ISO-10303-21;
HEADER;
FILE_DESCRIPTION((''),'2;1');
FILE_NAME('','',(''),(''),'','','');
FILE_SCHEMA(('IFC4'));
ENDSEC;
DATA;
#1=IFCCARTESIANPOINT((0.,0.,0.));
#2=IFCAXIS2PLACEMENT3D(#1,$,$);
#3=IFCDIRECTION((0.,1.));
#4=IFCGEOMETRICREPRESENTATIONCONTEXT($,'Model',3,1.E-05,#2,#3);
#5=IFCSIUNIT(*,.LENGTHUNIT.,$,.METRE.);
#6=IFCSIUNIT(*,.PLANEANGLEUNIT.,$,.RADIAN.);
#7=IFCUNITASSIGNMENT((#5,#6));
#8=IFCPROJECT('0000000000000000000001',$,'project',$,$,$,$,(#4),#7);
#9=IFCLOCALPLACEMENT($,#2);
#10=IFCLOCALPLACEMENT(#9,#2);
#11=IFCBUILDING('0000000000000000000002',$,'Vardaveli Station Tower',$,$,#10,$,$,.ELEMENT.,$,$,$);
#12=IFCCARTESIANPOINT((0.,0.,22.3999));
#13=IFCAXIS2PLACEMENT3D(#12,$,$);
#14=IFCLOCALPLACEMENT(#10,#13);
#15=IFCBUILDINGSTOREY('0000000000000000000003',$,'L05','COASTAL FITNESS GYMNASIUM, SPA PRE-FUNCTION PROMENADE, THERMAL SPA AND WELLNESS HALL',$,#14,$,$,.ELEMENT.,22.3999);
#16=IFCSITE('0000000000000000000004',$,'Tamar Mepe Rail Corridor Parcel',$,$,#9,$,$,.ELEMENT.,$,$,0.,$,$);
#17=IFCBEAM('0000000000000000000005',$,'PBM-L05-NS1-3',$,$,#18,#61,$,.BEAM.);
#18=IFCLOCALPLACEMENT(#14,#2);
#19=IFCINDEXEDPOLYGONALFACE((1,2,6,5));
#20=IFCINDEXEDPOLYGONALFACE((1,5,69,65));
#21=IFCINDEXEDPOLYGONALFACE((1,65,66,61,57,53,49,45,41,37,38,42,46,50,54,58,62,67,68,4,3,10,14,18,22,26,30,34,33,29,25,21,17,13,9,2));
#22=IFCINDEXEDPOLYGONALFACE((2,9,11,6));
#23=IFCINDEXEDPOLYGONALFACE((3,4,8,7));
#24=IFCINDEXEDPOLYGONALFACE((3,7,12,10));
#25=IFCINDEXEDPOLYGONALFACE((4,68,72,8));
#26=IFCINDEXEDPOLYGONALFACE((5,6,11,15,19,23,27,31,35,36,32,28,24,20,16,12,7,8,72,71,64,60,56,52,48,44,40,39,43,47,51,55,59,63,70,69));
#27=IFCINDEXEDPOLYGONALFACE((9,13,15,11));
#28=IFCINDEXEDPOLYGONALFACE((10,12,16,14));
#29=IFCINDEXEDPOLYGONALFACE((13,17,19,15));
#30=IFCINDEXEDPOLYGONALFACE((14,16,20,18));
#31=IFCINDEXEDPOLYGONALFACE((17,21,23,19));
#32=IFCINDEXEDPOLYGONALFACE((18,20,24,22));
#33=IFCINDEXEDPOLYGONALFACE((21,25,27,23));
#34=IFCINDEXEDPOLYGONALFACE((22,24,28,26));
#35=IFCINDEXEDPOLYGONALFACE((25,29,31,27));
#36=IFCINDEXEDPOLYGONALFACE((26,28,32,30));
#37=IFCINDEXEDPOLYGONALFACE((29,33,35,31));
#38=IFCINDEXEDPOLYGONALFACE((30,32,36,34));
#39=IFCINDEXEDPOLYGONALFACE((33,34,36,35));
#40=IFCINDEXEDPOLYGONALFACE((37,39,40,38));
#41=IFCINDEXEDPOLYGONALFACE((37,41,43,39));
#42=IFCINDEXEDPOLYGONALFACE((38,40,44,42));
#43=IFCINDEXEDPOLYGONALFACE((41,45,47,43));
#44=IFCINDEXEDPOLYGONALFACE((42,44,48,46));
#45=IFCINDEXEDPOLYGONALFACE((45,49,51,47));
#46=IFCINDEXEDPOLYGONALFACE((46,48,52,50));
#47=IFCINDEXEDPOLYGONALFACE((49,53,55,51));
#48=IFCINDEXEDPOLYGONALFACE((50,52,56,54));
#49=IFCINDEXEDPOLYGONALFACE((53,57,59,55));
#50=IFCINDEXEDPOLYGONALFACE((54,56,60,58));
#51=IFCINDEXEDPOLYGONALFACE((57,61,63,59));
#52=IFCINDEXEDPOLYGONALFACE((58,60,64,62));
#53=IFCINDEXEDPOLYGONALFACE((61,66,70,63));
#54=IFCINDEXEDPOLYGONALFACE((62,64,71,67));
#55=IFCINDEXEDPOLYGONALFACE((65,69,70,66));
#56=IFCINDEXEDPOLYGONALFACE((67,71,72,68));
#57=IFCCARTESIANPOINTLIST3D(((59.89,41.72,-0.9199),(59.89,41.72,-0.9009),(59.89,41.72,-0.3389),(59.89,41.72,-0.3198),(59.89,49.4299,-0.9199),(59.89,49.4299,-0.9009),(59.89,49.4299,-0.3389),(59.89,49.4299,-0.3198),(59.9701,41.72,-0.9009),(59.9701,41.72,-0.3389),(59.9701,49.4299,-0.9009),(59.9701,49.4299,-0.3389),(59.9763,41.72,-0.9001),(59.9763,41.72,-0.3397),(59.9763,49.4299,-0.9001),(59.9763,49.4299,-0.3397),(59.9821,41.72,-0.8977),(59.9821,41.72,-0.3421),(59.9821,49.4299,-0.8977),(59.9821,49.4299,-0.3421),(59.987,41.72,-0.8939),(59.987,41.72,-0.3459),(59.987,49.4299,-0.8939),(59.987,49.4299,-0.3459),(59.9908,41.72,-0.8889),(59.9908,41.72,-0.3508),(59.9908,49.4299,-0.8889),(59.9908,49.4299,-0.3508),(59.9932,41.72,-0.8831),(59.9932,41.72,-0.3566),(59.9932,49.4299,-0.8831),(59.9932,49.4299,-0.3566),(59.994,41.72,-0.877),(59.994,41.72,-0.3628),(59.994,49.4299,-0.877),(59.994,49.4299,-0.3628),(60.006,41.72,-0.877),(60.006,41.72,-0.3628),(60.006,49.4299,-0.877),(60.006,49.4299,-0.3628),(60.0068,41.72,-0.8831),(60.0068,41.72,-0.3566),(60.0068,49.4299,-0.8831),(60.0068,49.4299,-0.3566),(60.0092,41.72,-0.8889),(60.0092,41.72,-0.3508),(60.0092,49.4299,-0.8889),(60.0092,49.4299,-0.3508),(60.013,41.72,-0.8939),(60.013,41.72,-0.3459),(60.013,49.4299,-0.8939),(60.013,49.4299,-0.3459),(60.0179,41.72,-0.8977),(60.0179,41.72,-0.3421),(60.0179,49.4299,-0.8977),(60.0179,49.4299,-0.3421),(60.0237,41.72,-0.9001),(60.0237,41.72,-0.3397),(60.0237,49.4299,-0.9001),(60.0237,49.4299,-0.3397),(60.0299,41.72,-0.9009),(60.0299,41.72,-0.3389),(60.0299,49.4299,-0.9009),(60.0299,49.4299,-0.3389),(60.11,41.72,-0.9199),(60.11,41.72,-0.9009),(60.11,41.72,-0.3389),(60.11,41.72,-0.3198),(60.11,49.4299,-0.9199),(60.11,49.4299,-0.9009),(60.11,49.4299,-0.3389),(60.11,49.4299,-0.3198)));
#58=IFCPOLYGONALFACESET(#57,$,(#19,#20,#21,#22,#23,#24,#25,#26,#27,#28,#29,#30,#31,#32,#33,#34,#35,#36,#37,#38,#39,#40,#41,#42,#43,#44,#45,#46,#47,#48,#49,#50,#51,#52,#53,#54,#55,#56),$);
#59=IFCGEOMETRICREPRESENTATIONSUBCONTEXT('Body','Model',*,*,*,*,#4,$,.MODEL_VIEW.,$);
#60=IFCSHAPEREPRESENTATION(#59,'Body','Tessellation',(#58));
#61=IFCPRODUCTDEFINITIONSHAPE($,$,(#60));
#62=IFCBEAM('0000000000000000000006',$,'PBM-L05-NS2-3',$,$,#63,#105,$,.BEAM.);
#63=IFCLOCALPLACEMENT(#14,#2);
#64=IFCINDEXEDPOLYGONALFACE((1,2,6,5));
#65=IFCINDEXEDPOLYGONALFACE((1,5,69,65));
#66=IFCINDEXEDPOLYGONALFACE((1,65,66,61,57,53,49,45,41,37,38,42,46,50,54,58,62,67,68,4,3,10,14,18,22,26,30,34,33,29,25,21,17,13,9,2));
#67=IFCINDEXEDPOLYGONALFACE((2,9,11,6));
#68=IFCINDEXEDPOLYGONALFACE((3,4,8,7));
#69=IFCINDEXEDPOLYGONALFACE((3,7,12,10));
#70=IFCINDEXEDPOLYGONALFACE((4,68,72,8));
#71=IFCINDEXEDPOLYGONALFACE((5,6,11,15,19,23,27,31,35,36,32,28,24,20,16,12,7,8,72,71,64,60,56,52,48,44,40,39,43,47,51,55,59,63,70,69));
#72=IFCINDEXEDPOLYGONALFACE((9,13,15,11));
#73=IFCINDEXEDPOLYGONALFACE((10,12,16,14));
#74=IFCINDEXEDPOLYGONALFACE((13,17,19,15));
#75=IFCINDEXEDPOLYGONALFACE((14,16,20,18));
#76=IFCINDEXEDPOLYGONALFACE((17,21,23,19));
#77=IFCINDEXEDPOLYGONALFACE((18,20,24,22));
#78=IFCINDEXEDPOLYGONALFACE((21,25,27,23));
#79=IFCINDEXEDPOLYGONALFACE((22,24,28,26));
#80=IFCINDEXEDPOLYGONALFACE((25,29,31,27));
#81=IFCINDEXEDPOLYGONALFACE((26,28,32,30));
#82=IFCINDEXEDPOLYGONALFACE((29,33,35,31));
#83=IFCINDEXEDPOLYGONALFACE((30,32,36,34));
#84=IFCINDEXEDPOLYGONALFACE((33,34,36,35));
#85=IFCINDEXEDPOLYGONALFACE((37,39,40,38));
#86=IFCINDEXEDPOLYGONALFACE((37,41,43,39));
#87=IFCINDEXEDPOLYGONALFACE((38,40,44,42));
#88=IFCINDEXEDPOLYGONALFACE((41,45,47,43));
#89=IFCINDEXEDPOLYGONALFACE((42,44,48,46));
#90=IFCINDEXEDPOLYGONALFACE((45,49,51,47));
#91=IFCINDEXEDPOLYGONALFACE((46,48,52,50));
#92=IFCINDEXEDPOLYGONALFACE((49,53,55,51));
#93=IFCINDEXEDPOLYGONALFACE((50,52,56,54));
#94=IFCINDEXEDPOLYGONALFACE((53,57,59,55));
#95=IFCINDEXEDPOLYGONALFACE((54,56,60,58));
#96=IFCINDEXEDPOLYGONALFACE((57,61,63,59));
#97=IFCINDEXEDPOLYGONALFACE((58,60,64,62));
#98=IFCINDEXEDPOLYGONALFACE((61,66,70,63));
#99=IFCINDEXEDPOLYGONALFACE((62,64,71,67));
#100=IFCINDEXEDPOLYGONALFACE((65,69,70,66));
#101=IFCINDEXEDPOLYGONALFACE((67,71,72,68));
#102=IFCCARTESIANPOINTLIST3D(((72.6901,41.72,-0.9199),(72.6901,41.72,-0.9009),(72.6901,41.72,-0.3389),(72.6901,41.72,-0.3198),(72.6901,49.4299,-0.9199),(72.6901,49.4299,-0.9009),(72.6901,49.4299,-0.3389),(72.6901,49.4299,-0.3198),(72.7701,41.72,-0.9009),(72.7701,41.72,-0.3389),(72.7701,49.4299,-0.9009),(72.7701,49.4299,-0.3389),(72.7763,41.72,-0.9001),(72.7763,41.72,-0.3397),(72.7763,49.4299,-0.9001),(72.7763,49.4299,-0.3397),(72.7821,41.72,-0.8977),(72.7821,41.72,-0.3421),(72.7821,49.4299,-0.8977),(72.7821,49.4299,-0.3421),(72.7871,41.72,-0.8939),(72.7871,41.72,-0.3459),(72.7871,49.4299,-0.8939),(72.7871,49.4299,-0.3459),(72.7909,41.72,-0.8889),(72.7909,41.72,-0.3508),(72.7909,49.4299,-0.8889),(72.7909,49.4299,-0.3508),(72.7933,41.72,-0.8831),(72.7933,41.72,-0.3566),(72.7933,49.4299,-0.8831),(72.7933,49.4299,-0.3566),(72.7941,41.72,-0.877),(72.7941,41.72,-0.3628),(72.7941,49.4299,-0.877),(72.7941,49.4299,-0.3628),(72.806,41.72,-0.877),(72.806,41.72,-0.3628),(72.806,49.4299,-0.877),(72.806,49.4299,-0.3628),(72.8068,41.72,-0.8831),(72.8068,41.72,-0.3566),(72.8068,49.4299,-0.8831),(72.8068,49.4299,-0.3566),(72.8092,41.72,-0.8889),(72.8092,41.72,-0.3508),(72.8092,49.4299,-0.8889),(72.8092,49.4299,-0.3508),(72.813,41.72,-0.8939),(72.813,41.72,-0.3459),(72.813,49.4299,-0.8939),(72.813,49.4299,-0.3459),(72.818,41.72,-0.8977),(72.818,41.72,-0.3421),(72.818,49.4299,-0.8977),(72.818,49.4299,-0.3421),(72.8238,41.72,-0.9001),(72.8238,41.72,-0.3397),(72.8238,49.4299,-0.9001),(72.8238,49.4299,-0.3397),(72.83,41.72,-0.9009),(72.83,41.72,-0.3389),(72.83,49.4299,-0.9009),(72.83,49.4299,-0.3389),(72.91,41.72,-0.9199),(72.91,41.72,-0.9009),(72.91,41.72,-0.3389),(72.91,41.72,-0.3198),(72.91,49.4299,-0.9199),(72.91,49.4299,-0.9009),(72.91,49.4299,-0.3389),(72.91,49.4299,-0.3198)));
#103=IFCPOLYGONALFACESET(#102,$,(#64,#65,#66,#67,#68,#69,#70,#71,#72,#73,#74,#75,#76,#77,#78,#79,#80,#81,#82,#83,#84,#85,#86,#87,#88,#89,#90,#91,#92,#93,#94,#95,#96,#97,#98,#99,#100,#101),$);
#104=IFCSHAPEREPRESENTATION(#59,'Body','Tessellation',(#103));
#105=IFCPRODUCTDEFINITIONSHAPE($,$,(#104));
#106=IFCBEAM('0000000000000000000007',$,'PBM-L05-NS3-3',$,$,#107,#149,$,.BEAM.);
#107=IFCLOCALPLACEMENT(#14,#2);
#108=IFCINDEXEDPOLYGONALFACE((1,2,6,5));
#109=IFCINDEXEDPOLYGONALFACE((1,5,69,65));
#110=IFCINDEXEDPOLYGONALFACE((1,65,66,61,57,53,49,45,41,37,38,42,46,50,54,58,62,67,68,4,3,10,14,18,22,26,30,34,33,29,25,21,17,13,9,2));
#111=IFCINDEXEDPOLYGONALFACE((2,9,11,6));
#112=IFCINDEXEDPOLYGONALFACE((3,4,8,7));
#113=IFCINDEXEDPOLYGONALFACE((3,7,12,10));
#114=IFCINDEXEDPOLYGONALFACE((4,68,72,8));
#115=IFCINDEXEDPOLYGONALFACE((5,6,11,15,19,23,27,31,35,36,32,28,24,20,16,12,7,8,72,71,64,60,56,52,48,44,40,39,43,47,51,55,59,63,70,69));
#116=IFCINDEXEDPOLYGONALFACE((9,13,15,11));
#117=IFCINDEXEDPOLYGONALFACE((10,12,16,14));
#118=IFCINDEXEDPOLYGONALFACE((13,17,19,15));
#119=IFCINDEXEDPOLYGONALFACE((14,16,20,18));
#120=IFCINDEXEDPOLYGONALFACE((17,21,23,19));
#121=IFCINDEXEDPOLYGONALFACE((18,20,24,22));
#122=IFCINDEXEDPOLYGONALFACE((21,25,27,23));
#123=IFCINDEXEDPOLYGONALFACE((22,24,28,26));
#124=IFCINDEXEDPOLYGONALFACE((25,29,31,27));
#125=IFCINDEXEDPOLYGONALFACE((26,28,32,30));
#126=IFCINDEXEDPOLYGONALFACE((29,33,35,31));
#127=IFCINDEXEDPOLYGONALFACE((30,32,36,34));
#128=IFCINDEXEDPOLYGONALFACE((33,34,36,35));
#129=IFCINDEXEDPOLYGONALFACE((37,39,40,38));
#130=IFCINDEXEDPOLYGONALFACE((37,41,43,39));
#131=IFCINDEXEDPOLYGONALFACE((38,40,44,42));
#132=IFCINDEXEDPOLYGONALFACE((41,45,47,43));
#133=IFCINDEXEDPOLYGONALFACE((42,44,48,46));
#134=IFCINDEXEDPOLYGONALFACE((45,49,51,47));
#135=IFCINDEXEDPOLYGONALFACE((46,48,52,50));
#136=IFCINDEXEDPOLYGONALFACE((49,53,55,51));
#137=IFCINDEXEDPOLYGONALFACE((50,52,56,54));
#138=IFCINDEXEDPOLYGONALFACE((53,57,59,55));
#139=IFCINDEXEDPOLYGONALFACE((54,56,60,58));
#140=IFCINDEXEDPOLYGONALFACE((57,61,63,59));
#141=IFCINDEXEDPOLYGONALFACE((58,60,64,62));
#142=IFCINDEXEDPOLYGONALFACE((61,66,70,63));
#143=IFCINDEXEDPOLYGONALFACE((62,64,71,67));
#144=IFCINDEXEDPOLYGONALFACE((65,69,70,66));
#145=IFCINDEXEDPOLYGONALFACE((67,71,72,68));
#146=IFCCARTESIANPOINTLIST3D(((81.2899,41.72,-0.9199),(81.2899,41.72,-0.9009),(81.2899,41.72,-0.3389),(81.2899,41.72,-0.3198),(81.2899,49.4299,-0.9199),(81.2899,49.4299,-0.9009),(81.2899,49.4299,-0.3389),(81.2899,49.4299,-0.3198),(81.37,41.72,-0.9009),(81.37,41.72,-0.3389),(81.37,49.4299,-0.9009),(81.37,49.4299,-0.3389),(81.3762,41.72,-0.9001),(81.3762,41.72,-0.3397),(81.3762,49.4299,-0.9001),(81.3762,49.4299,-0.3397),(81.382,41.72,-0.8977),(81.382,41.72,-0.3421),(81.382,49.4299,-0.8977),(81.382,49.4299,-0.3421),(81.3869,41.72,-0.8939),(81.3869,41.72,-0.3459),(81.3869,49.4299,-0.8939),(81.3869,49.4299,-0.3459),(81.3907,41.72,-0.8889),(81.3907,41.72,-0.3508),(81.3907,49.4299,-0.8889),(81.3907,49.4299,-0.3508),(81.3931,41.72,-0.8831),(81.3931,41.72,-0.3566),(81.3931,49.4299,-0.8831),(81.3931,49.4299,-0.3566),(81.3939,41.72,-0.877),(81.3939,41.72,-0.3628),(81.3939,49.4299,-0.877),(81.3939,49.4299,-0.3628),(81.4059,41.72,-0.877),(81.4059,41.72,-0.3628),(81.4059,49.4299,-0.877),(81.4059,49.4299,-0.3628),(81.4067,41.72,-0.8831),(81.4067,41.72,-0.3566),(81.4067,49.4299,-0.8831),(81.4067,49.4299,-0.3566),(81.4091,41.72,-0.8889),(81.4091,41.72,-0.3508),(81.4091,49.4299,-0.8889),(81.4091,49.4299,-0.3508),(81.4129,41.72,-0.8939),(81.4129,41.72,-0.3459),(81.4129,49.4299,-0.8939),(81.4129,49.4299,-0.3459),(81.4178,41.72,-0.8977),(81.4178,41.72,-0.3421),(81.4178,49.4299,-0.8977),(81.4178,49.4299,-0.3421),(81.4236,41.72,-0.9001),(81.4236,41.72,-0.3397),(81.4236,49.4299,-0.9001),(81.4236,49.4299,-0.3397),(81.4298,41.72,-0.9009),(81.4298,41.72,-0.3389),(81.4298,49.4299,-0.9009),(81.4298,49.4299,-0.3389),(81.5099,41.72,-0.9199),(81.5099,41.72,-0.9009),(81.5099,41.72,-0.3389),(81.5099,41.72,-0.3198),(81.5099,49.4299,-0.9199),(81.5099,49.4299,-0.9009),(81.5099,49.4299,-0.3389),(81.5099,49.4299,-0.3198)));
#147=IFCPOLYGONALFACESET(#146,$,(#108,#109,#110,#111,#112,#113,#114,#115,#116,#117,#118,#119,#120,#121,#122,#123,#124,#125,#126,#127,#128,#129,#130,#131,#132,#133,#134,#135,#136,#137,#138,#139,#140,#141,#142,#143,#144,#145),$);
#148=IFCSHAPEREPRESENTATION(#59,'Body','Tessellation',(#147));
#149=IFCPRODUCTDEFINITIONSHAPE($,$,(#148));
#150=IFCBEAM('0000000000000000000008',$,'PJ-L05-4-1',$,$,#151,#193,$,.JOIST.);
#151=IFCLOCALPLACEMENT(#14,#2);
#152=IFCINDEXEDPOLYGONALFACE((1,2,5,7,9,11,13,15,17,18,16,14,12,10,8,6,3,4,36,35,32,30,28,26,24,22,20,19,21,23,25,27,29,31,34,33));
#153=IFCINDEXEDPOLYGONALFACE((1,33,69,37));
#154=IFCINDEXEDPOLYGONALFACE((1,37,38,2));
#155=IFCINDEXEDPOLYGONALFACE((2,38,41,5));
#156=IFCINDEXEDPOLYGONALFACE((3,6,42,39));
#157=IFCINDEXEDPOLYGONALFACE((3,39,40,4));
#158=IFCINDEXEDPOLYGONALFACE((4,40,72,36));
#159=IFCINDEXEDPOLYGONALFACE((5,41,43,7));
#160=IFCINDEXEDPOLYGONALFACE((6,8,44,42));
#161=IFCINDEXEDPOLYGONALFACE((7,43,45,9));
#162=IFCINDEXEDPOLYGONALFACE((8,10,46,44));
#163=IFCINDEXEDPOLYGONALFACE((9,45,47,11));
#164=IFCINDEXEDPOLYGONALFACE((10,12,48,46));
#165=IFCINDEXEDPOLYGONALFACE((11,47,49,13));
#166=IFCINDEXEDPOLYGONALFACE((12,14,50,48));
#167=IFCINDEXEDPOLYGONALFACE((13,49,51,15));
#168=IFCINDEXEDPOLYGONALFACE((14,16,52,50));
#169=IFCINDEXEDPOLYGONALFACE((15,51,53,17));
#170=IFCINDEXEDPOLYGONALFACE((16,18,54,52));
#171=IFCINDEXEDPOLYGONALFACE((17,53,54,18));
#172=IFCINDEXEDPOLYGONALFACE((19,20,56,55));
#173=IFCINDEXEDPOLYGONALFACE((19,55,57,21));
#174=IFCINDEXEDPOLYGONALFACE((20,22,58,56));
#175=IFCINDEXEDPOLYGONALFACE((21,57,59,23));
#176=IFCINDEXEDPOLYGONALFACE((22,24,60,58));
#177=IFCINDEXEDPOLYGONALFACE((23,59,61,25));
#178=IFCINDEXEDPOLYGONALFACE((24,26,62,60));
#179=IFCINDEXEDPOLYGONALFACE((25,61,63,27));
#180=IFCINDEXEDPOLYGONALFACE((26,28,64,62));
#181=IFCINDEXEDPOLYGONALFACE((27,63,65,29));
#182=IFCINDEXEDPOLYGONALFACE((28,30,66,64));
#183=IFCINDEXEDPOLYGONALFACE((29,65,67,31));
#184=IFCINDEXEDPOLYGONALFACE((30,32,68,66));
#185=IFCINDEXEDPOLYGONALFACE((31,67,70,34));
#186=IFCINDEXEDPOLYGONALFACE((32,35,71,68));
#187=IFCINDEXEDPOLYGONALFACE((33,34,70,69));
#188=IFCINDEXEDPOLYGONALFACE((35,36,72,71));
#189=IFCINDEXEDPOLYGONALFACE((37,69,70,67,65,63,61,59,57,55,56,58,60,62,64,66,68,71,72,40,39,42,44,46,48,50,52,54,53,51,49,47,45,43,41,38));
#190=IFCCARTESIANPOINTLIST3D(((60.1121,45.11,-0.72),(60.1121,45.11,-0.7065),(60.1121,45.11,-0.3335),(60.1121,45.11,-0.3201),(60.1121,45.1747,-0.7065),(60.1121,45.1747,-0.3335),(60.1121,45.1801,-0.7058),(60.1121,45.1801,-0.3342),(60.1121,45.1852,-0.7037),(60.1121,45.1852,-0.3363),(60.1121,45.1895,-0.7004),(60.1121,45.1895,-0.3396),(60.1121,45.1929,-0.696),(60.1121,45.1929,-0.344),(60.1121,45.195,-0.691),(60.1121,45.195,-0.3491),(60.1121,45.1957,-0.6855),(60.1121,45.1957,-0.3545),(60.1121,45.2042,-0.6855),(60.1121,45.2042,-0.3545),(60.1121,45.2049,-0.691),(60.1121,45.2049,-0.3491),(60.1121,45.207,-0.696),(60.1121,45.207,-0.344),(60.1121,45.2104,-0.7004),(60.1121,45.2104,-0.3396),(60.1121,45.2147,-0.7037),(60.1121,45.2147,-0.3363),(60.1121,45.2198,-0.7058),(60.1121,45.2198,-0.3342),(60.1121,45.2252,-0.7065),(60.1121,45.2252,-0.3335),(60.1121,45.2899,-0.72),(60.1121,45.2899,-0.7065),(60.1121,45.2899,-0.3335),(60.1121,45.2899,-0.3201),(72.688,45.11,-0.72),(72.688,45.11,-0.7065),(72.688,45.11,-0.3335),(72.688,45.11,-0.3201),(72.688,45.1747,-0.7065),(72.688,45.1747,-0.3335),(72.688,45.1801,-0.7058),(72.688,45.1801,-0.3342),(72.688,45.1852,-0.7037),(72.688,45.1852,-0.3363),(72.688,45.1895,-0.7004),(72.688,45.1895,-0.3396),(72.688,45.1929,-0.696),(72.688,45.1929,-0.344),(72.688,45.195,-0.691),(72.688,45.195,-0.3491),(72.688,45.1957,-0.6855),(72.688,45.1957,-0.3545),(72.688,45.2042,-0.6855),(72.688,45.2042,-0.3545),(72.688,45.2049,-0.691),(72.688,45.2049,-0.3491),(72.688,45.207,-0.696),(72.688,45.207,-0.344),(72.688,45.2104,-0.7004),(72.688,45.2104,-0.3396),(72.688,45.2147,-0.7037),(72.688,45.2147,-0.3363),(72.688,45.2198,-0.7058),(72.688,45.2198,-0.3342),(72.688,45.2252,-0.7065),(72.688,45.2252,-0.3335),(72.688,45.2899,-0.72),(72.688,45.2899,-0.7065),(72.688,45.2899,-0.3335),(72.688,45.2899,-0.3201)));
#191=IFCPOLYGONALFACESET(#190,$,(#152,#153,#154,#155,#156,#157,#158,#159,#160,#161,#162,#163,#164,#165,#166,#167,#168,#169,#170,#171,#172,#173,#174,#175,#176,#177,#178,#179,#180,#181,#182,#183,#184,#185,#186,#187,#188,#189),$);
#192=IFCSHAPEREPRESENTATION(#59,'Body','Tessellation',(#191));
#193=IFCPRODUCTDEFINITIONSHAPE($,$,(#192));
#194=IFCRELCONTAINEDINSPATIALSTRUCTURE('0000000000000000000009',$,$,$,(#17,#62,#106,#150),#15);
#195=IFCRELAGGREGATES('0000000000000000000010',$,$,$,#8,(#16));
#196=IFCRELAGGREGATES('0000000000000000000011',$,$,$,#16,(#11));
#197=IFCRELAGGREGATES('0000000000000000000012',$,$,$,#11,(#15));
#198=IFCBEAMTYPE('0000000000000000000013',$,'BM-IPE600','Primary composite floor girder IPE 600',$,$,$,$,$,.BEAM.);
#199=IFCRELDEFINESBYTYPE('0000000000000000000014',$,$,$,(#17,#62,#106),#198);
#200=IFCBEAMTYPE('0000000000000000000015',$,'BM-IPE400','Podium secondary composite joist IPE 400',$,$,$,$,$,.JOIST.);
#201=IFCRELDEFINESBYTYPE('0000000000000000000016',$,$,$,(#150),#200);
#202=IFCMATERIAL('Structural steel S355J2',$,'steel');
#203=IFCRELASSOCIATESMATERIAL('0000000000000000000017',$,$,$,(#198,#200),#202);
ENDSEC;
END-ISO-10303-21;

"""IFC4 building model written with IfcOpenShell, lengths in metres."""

from ifc_helpers import new_model, si_unit, direction, frame, origin, origin_2d, place, context, subcontext, project, spatial, i_section, extrude, source, transform, mapped, material, material_profile, profile_set, type_object, element, save


model = new_model("IFC4")

# Units and contexts
model_context = context("Model", 3, precision=1e-05, world=origin(), true_north=direction((0.0, 1.0)))
body_context = subcontext(model_context, "Body", "Model", "MODEL_VIEW")
ifc_project = project(units=[si_unit("LENGTHUNIT", "METRE"), si_unit("PLANEANGLEUNIT", "RADIAN")], contexts=[model_context])

# Site, building, storey
site_placement = place(None, origin())
site = spatial("IfcSite", under=ifc_project, at=site_placement, Name="Tamar Mepe Rail Corridor Parcel", CompositionType="ELEMENT", RefElevation=0.0)
building_placement = place(site_placement, origin())
building = spatial("IfcBuilding", under=site, at=building_placement, Name="Vardaveli Station Tower", CompositionType="ELEMENT")
storey_placement = place(building_placement, frame((0.0, 0.0, 22.3999)))
storey = spatial("IfcBuildingStorey", under=building, at=storey_placement, Name="L05", Description="COASTAL FITNESS GYMNASIUM, SPA PRE-FUNCTION PROMENADE, THERMAL SPA AND WELLNESS HALL", CompositionType="ELEMENT", Elevation=22.3999)

# Beams
ifc_material_1 = material(Name="Structural steel S355J2", Category="steel")
ifc_material_profile_1 = material_profile(ifc_material_1, i_section(OverallWidth=0.22, OverallDepth=0.6001, WebThickness=0.012, FlangeThickness=0.019, FilletRadius=0.0239, at=origin_2d()), Name="IPE 600")
ifc_profile_set_1 = profile_set([ifc_material_profile_1], Name="Structural steel S355J2")
beam_type_1 = type_object("IfcBeamType", Name="BM-IPE600", Description="Primary composite floor girder IPE 600", PredefinedType="BEAM", material=ifc_profile_set_1)
shared_shape_1 = source(origin(), body_context, "Body", "SweptSolid", [
    extrude(i_section(OverallWidth=0.22, OverallDepth=0.6001, WebThickness=0.012, FlangeThickness=0.019, FilletRadius=0.0239, at=origin_2d()), origin(), (0.0, 0.0, 1.0), 7.71),
])
for number, where, z_axis, x_axis, name in (
    (1, (60.0, 41.72, -0.6199), (0.0, 1.0, 0.0), (-1.0, 0.0, 0.0), "PBM-L05-NS1-3"),
    (2, (72.8, 41.72, -0.6199), (0.0, 1.0, 0.0), (-1.0, 0.0, 0.0), "PBM-L05-NS2-3"),
    (3, (81.3999, 41.72, -0.6199), (0.0, 1.0, 0.0), (-1.0, 0.0, 0.0), "PBM-L05-NS3-3"),
):
    element("IfcBeam", number, at=place(storey_placement, frame(where, z_axis=z_axis, x_axis=x_axis)), inside=storey, type_object=beam_type_1, Name=name, PredefinedType="BEAM", context=body_context, shape_type="MappedRepresentation", body=[
        mapped(shared_shape_1, transform((0.0, 0.0, 0.0), scale=1.0)),
    ])
ifc_material_profile_2 = material_profile(ifc_material_1, i_section(OverallWidth=0.1799, OverallDepth=0.3999, WebThickness=0.0085, FlangeThickness=0.0134, FilletRadius=0.021, at=origin_2d()), Name="IPE 400")
ifc_profile_set_2 = profile_set([ifc_material_profile_2], Name="Structural steel S355J2")
beam_type_2 = type_object("IfcBeamType", Name="BM-IPE400", Description="Podium secondary composite joist IPE 400", PredefinedType="JOIST", material=ifc_profile_set_2)
shared_shape_2 = source(origin(), body_context, "Body", "SweptSolid", [
    extrude(i_section(OverallWidth=0.1799, OverallDepth=0.3999, WebThickness=0.0085, FlangeThickness=0.0134, FilletRadius=0.021, at=origin_2d()), origin(), (0.0, 0.0, 1.0), 12.5759),
])
beam_1_placement = place(storey_placement, frame((60.1121, 45.2, -0.52), z_axis=(1.0, 0.0, 0.0), x_axis=(0.0, 1.0, 0.0)))
element("IfcBeam", 4, at=beam_1_placement, inside=storey, type_object=beam_type_2, Name="PJ-L05-4-1", PredefinedType="JOIST", context=body_context, shape_type="MappedRepresentation", body=[
    mapped(shared_shape_2, transform((0.0, 0.0, 0.0), scale=1.0)),
])

save(model, "model.ifc")
